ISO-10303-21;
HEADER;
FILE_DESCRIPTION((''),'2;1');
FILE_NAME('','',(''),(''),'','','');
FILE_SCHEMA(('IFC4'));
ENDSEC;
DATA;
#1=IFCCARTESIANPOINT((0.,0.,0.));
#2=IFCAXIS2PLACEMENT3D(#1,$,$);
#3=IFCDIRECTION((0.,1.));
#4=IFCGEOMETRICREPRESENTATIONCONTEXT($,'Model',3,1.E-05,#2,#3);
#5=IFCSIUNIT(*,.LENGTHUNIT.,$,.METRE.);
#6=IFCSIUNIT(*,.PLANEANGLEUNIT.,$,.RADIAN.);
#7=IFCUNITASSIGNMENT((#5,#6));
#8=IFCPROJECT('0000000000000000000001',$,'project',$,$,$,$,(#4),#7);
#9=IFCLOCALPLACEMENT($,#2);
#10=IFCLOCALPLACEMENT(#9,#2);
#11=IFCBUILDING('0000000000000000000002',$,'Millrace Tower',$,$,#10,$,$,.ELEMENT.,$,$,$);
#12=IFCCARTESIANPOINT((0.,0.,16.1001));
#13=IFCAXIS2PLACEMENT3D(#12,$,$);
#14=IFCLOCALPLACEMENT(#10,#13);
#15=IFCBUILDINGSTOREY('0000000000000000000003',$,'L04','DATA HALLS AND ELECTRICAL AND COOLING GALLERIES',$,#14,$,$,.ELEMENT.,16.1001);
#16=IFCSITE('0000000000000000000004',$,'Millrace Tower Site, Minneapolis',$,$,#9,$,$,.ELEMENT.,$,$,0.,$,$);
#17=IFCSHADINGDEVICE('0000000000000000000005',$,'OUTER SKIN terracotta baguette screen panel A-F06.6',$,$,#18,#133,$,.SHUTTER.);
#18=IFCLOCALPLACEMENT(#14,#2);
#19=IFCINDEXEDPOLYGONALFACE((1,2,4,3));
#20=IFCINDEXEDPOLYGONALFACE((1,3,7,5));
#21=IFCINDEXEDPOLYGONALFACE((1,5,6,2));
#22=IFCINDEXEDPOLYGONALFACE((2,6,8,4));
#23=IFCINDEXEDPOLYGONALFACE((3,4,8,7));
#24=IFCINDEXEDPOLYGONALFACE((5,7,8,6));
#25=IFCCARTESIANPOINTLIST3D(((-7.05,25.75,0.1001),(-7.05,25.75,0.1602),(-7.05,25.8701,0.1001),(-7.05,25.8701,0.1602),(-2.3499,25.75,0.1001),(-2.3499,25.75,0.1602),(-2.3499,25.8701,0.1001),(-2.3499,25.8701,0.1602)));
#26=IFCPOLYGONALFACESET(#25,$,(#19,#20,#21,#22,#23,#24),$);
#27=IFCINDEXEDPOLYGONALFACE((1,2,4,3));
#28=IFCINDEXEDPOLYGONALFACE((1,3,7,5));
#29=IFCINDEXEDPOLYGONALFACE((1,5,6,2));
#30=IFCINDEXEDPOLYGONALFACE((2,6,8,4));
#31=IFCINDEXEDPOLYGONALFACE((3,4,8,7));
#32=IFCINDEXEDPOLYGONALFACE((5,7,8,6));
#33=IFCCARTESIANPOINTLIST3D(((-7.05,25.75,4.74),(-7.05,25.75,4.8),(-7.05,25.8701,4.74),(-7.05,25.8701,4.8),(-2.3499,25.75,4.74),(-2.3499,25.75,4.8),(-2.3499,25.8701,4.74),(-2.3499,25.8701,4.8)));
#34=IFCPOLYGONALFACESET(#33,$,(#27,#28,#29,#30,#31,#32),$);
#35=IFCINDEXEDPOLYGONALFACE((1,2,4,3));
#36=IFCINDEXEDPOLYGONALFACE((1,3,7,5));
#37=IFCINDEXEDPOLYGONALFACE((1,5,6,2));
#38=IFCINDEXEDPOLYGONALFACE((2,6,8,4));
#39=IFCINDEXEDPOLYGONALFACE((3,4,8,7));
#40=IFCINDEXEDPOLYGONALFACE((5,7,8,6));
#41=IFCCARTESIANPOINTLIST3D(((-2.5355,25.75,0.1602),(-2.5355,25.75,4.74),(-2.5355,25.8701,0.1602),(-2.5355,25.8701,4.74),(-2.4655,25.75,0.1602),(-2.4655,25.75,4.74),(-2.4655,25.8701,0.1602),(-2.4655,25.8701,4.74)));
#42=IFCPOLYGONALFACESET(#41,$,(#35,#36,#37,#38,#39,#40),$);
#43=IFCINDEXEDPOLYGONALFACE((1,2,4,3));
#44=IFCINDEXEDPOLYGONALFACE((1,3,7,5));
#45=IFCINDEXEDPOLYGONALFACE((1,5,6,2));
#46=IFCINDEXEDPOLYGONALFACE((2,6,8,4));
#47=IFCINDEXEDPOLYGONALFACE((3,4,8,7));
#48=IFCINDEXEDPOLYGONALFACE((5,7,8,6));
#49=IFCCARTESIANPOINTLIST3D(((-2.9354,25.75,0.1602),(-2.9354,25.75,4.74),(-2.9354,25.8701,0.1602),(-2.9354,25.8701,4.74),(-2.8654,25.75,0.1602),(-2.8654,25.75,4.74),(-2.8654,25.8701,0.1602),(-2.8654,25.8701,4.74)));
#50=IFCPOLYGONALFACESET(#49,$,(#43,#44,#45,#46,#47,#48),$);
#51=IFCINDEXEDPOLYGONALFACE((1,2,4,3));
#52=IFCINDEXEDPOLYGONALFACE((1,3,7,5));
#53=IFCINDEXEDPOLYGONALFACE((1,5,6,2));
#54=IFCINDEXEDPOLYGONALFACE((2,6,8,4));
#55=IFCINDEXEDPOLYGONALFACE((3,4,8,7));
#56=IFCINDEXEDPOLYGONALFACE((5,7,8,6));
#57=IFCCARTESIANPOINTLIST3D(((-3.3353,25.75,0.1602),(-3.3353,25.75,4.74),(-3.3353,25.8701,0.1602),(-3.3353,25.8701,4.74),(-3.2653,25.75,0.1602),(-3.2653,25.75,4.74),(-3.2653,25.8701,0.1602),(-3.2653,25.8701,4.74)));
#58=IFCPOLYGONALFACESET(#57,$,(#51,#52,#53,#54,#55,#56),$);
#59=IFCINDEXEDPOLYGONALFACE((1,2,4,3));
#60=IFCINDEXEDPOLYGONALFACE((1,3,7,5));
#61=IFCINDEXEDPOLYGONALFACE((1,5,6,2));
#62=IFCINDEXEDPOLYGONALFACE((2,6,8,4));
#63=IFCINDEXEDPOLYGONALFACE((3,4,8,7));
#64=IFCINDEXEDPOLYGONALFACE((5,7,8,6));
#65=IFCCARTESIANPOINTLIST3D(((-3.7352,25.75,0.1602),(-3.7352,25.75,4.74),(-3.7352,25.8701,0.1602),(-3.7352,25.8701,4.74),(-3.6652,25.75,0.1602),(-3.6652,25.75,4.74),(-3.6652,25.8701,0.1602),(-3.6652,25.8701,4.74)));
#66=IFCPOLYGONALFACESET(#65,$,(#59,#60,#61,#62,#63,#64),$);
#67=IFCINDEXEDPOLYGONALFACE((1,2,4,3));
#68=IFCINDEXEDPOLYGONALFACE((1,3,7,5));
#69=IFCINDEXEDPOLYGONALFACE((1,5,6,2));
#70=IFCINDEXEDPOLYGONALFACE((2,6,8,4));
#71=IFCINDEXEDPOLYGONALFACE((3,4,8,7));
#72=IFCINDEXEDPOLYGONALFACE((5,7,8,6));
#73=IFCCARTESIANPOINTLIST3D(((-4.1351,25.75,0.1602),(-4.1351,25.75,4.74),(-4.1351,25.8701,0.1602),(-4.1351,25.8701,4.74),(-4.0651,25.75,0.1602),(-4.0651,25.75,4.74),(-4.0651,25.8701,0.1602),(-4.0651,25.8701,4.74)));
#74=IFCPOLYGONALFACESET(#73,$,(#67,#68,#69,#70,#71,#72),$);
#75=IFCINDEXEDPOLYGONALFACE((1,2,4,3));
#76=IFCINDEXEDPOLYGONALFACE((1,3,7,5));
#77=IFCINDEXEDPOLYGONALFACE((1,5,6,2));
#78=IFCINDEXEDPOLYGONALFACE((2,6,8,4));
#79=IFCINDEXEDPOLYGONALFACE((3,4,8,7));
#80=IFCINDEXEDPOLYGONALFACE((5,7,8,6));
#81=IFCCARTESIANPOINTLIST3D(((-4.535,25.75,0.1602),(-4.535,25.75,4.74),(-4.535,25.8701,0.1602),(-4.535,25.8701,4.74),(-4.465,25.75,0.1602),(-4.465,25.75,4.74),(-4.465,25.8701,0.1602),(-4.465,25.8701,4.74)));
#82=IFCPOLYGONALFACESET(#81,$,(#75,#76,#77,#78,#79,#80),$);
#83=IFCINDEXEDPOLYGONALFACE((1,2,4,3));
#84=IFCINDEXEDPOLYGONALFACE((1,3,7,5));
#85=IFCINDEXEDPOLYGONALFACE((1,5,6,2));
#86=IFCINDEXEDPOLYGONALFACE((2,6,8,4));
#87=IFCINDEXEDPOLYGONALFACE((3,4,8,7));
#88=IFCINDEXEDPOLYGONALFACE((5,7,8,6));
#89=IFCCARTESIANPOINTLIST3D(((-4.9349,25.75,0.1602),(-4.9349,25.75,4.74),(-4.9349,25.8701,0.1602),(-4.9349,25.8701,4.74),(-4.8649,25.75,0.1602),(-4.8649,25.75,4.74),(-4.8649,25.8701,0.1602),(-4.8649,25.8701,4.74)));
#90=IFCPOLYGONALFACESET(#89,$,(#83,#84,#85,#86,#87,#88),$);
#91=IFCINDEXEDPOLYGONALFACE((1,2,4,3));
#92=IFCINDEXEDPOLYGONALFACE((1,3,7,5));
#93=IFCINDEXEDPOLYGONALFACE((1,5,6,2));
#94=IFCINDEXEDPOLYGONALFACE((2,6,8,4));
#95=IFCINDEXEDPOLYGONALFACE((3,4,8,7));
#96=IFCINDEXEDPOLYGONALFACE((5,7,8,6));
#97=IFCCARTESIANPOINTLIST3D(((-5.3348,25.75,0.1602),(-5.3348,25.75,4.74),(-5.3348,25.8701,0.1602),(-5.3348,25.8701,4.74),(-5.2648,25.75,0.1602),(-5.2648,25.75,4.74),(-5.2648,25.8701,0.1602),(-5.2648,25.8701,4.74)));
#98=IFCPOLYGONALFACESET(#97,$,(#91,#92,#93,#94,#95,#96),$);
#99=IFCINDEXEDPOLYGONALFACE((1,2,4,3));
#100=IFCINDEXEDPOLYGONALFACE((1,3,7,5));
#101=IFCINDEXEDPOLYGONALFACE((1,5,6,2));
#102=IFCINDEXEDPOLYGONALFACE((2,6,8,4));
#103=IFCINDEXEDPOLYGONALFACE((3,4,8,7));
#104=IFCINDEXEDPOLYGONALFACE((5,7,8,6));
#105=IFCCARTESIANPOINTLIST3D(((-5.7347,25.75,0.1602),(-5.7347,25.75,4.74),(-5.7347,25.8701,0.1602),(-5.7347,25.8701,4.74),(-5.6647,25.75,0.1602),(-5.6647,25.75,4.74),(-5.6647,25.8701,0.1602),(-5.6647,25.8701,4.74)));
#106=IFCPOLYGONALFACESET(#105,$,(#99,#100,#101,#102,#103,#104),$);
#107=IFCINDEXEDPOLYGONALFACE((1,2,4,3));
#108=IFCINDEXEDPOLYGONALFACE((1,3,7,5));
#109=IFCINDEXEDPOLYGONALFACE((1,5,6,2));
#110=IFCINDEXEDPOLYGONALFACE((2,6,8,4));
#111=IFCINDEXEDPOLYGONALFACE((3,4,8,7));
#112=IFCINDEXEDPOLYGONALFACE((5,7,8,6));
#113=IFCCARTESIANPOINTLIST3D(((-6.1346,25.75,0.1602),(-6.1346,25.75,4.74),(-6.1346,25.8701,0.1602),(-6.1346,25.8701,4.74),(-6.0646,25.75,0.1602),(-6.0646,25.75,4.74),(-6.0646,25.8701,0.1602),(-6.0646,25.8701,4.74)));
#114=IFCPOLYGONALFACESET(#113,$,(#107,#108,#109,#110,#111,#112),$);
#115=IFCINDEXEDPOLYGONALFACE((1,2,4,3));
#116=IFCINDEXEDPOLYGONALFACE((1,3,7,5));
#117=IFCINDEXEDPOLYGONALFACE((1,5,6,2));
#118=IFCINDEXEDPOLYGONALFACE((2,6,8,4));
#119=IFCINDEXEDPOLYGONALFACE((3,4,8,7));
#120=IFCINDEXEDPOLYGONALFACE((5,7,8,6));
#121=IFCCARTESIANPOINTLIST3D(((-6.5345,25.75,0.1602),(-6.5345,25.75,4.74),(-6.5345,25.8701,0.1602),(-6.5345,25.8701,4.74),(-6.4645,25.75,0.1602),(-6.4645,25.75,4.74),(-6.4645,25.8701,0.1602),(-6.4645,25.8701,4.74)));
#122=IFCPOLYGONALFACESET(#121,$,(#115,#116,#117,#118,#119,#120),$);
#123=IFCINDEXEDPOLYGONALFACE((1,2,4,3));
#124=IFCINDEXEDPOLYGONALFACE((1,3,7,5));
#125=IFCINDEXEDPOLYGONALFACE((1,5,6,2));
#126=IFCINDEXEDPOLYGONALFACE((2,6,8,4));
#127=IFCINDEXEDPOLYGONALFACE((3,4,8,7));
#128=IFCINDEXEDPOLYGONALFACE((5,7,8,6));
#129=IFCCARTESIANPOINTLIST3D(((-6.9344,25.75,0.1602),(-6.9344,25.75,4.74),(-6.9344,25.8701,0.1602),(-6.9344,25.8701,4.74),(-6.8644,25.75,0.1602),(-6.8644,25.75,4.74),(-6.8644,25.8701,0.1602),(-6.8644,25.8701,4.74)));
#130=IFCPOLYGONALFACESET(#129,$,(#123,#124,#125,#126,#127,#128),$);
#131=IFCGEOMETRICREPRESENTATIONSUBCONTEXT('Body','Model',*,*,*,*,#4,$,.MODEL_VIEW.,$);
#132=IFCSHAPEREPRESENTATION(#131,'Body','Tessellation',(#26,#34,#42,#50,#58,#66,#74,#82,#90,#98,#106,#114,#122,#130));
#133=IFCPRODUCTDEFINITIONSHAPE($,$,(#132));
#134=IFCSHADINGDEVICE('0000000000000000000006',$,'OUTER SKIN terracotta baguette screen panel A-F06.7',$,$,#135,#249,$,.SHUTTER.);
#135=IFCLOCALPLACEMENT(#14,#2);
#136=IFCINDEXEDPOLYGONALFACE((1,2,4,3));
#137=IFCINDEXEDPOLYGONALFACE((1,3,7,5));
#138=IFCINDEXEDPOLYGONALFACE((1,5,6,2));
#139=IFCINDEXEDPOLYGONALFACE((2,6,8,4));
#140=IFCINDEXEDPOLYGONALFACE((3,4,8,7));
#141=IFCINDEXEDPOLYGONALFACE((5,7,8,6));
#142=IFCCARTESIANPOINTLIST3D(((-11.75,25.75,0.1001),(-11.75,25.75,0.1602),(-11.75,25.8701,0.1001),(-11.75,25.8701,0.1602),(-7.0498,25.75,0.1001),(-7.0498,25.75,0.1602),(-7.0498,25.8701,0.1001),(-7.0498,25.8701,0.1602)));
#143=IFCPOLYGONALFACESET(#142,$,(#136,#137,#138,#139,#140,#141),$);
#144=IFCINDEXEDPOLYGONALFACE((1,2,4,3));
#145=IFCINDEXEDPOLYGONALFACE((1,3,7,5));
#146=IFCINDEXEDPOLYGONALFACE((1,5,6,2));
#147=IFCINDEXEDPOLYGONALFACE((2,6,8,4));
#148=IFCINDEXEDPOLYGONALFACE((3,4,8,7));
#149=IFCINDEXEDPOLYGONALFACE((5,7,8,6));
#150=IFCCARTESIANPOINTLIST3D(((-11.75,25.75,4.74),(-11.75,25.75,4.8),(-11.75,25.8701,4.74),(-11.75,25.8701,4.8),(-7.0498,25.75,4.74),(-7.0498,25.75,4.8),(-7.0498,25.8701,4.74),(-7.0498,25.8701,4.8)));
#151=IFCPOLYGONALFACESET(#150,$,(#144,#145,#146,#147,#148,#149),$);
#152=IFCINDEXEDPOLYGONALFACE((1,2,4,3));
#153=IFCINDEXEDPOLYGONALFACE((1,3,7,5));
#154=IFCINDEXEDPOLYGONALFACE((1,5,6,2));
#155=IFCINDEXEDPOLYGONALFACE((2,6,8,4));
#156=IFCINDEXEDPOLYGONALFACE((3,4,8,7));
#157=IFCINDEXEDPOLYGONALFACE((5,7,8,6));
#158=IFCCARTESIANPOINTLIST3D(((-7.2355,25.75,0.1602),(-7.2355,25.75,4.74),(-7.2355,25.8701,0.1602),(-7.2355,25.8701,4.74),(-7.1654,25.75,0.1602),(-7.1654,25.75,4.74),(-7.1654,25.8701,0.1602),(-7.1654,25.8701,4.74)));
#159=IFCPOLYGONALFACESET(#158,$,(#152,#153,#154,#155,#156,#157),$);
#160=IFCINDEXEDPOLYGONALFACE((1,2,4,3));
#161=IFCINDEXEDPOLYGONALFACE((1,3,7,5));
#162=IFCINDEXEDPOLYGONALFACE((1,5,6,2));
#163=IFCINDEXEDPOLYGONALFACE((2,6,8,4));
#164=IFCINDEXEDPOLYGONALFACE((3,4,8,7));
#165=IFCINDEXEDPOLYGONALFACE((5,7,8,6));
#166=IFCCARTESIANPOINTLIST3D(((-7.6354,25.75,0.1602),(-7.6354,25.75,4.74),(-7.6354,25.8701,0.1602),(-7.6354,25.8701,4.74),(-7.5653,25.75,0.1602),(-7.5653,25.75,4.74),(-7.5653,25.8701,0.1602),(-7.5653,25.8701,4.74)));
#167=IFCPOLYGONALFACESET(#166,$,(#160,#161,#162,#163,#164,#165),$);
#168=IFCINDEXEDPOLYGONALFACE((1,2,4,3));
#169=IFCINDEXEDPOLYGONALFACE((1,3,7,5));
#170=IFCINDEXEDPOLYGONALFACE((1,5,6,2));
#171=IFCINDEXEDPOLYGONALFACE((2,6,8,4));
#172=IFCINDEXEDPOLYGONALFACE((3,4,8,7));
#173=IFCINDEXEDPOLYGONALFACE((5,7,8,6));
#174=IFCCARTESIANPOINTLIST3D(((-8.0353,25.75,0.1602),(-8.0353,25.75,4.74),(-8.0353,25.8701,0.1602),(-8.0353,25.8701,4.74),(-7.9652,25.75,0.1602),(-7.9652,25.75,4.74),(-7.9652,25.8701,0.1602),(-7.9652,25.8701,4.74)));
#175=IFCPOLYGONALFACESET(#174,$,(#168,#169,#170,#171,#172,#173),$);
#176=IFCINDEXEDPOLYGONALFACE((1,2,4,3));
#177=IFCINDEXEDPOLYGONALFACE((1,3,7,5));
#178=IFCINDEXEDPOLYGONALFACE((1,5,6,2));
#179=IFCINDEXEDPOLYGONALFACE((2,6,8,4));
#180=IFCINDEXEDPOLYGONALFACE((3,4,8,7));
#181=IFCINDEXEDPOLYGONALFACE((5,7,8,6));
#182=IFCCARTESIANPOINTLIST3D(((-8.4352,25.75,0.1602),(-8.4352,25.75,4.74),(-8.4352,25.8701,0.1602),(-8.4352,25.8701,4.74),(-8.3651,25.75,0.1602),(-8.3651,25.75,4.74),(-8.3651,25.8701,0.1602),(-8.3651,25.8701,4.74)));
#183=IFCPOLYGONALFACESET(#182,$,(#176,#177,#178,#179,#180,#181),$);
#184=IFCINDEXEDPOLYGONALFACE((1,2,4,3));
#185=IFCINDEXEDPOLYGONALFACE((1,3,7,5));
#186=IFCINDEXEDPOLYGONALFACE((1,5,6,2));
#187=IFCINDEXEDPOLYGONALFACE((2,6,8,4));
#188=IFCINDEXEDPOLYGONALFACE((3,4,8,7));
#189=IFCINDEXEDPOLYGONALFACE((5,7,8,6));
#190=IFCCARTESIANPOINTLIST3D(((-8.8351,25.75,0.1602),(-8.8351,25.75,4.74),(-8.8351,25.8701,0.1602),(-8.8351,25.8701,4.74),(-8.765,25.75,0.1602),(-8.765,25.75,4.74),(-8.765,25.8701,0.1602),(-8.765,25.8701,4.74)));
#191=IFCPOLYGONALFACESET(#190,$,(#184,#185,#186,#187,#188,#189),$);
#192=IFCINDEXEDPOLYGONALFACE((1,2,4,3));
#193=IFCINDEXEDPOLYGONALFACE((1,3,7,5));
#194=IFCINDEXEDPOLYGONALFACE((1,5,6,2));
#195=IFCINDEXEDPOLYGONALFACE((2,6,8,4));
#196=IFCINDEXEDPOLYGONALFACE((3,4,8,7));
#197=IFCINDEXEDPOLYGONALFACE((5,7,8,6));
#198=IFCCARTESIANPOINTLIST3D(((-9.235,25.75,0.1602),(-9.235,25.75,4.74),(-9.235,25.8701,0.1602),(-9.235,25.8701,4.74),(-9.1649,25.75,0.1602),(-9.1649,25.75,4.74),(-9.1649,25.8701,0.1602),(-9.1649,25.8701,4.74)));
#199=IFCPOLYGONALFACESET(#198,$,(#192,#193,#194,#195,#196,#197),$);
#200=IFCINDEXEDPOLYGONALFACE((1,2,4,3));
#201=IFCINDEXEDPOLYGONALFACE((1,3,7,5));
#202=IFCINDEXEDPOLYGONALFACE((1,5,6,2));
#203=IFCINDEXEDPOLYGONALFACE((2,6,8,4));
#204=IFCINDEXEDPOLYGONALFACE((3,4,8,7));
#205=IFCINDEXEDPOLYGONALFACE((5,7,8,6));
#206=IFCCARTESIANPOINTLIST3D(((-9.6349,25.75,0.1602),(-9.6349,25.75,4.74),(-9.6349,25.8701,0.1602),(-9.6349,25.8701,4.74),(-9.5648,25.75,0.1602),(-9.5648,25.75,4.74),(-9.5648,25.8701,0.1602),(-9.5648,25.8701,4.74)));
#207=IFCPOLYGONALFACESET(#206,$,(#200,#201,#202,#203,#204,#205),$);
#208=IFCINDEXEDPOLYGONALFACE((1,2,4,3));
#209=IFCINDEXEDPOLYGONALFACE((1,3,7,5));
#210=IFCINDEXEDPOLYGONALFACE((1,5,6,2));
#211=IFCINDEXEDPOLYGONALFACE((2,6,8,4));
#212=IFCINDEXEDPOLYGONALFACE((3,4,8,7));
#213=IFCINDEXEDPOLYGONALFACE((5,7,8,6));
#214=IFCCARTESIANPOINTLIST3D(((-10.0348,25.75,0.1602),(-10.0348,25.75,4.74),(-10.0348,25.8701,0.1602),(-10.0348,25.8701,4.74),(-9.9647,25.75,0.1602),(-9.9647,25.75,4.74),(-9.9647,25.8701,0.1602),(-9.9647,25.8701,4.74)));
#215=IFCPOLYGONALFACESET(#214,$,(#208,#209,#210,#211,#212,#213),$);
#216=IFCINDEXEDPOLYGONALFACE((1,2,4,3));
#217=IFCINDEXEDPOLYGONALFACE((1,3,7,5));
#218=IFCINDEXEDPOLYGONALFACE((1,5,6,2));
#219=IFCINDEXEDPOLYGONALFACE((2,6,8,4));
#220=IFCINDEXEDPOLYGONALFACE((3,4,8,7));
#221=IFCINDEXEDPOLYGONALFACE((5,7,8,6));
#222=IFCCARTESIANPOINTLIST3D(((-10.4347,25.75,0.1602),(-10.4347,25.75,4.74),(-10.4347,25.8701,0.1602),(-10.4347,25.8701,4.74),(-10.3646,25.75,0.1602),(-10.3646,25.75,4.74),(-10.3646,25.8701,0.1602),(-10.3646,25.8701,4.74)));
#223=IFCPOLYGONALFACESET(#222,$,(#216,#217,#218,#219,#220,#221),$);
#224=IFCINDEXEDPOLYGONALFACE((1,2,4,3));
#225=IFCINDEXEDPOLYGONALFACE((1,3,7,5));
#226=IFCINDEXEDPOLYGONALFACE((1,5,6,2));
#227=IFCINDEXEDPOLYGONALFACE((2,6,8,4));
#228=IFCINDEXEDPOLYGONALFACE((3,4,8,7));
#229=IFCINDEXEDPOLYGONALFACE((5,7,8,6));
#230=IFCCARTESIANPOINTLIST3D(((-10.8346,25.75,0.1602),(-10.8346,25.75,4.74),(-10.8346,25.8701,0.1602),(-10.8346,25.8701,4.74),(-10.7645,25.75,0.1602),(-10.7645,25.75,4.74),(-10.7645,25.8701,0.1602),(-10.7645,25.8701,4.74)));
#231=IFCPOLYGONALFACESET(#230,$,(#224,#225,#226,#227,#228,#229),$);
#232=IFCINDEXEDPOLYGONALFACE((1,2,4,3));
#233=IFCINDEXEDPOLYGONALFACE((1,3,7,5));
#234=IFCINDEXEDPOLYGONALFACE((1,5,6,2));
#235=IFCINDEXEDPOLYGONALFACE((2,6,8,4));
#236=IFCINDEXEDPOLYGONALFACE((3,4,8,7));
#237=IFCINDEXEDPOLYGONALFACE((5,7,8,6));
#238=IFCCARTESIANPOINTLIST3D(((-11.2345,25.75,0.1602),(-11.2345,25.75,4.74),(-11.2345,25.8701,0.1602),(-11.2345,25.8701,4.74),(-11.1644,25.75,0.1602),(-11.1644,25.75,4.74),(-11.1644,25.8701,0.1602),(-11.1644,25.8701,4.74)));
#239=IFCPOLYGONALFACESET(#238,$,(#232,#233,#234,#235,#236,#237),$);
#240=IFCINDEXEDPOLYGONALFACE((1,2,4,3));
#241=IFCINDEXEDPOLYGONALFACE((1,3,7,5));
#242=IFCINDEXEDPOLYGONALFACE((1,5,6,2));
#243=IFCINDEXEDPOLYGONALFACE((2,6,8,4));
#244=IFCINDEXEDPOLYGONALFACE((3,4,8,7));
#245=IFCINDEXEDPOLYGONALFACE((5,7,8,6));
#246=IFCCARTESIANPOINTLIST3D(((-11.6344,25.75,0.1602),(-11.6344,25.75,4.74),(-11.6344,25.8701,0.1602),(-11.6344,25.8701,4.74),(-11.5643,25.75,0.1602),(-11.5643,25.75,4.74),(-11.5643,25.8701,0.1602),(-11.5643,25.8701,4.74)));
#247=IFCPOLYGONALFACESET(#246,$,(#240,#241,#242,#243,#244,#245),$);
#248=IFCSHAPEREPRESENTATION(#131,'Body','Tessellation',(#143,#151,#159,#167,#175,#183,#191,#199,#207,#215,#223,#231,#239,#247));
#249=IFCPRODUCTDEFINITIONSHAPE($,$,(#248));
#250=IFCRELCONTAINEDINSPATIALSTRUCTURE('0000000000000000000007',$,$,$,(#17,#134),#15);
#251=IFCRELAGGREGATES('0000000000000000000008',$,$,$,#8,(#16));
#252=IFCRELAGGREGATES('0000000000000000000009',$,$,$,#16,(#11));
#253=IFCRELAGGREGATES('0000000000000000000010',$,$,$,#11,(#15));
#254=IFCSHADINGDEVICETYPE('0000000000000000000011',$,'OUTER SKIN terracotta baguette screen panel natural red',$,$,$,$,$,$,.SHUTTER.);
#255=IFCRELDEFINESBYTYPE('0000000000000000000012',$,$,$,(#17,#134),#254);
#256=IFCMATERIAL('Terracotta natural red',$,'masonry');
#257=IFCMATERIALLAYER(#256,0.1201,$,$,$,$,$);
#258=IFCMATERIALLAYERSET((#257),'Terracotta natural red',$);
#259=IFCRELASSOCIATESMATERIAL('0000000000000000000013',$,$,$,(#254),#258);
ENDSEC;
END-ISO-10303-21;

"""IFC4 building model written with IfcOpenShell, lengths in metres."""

from ifc_helpers import new_model, entity, si_unit, direction, frame, frame_2d, origin, place, context, subcontext, project, spatial, rectangle, extrude, source, transform, mapped, material, layer, layer_set, type_object, element, save


model = new_model("IFC4")

# Units and contexts
model_context = context("Model", 3, precision=1e-05, world=origin(), true_north=direction((0.0, 1.0)))
body_context = subcontext(model_context, "Body", "Model", "MODEL_VIEW")
ifc_project = project(units=[si_unit("LENGTHUNIT", "METRE"), si_unit("PLANEANGLEUNIT", "RADIAN")], contexts=[model_context])

# Site, building, storey
site_placement = place(None, origin())
site = spatial("IfcSite", under=ifc_project, at=site_placement, Name="Millrace Tower Site, Minneapolis", CompositionType="ELEMENT", RefElevation=0.0)
building_placement = place(site_placement, origin())
building = spatial("IfcBuilding", under=site, at=building_placement, Name="Millrace Tower", CompositionType="ELEMENT")
storey_placement = place(building_placement, frame((0.0, 0.0, 16.1001)))
storey = spatial("IfcBuildingStorey", under=building, at=storey_placement, Name="L04", Description="DATA HALLS AND ELECTRICAL AND COOLING GALLERIES", CompositionType="ELEMENT", Elevation=16.1001)

# Shading devices
ifc_material_1 = material(Name="Terracotta natural red", Category="masonry")
ifc_layer_1 = layer(ifc_material_1, 0.1201)
ifc_layer_set_1 = layer_set([ifc_layer_1], Name="Terracotta natural red")
shading_device_type = type_object("IfcShadingDeviceType", Name="OUTER SKIN terracotta baguette screen panel natural red", PredefinedType="SHUTTER", material=ifc_layer_set_1)
cartesian_point = entity("IfcCartesianPoint", [-2.3501, 0.0601])
shared_polyline = entity("IfcPolyline", [cartesian_point, entity("IfcCartesianPoint", [2.3501, 0.0601]), entity("IfcCartesianPoint", [2.3501, -0.0601]), entity("IfcCartesianPoint", [-2.3501, -0.0601]), cartesian_point])
shared_shape = source(origin(), body_context, "Body", "SweptSolid", [
    entity("IfcExtrudedAreaSolid", entity("IfcArbitraryClosedProfileDef", "AREA", None, shared_polyline), entity("IfcAxis2Placement3D", entity("IfcCartesianPoint", [0.0, 0.0, 0.0])), entity("IfcDirection", [0.0, 0.0, 1.0]), 0.0601),
    entity("IfcExtrudedAreaSolid", entity("IfcArbitraryClosedProfileDef", "AREA", None, shared_polyline), entity("IfcAxis2Placement3D", entity("IfcCartesianPoint", [0.0, 0.0, 4.6399])), entity("IfcDirection", [0.0, 0.0, 1.0]), 0.0601),
    extrude(rectangle(XDim=0.0701, YDim=0.1201, at=frame_2d((-2.1995, 0.0))), frame((0.0, 0.0, 0.0601)), (0.0, 0.0, 1.0), 4.5798),
    extrude(rectangle(XDim=0.0701, YDim=0.1201, at=frame_2d((-1.7996, 0.0))), frame((0.0, 0.0, 0.0601)), (0.0, 0.0, 1.0), 4.5798),
    extrude(rectangle(XDim=0.0701, YDim=0.1201, at=frame_2d((-1.3997, 0.0))), frame((0.0, 0.0, 0.0601)), (0.0, 0.0, 1.0), 4.5798),
    extrude(rectangle(XDim=0.0701, YDim=0.1201, at=frame_2d((-0.9998, 0.0))), frame((0.0, 0.0, 0.0601)), (0.0, 0.0, 1.0), 4.5798),
    extrude(rectangle(XDim=0.0701, YDim=0.1201, at=frame_2d((-0.5999, 0.0))), frame((0.0, 0.0, 0.0601)), (0.0, 0.0, 1.0), 4.5798),
    extrude(rectangle(XDim=0.0701, YDim=0.1201, at=frame_2d((-0.2, 0.0))), frame((0.0, 0.0, 0.0601)), (0.0, 0.0, 1.0), 4.5798),
    extrude(rectangle(XDim=0.0701, YDim=0.1201, at=frame_2d((0.2, 0.0))), frame((0.0, 0.0, 0.0601)), (0.0, 0.0, 1.0), 4.5798),
    extrude(rectangle(XDim=0.0701, YDim=0.1201, at=frame_2d((0.5999, 0.0))), frame((0.0, 0.0, 0.0601)), (0.0, 0.0, 1.0), 4.5798),
    extrude(rectangle(XDim=0.0701, YDim=0.1201, at=frame_2d((0.9998, 0.0))), frame((0.0, 0.0, 0.0601)), (0.0, 0.0, 1.0), 4.5798),
    extrude(rectangle(XDim=0.0701, YDim=0.1201, at=frame_2d((1.3997, 0.0))), frame((0.0, 0.0, 0.0601)), (0.0, 0.0, 1.0), 4.5798),
    extrude(rectangle(XDim=0.0701, YDim=0.1201, at=frame_2d((1.7996, 0.0))), frame((0.0, 0.0, 0.0601)), (0.0, 0.0, 1.0), 4.5798),
    extrude(rectangle(XDim=0.0701, YDim=0.1201, at=frame_2d((2.1995, 0.0))), frame((0.0, 0.0, 0.0601)), (0.0, 0.0, 1.0), 4.5798),
])
for number, where, z_axis, x_axis, name in (
    (1, (-4.7, 25.8101, 0.1001), (0.0, 0.0, 1.0), (-1.0, 0.0, 0.0), "OUTER SKIN terracotta baguette screen panel A-F06.6"),
    (2, (-9.3999, 25.8101, 0.1001), (0.0, 0.0, 1.0), (-1.0, 0.0, 0.0), "OUTER SKIN terracotta baguette screen panel A-F06.7"),
):
    element("IfcShadingDevice", number, at=place(storey_placement, frame(where, z_axis=z_axis, x_axis=x_axis)), inside=storey, type_object=shading_device_type, Name=name, PredefinedType="SHUTTER", context=body_context, shape_type="MappedRepresentation", body=[
        mapped(shared_shape, transform((0.0, 0.0, 0.0), scale=1.0)),
    ])

save(model, "model.ifc")
